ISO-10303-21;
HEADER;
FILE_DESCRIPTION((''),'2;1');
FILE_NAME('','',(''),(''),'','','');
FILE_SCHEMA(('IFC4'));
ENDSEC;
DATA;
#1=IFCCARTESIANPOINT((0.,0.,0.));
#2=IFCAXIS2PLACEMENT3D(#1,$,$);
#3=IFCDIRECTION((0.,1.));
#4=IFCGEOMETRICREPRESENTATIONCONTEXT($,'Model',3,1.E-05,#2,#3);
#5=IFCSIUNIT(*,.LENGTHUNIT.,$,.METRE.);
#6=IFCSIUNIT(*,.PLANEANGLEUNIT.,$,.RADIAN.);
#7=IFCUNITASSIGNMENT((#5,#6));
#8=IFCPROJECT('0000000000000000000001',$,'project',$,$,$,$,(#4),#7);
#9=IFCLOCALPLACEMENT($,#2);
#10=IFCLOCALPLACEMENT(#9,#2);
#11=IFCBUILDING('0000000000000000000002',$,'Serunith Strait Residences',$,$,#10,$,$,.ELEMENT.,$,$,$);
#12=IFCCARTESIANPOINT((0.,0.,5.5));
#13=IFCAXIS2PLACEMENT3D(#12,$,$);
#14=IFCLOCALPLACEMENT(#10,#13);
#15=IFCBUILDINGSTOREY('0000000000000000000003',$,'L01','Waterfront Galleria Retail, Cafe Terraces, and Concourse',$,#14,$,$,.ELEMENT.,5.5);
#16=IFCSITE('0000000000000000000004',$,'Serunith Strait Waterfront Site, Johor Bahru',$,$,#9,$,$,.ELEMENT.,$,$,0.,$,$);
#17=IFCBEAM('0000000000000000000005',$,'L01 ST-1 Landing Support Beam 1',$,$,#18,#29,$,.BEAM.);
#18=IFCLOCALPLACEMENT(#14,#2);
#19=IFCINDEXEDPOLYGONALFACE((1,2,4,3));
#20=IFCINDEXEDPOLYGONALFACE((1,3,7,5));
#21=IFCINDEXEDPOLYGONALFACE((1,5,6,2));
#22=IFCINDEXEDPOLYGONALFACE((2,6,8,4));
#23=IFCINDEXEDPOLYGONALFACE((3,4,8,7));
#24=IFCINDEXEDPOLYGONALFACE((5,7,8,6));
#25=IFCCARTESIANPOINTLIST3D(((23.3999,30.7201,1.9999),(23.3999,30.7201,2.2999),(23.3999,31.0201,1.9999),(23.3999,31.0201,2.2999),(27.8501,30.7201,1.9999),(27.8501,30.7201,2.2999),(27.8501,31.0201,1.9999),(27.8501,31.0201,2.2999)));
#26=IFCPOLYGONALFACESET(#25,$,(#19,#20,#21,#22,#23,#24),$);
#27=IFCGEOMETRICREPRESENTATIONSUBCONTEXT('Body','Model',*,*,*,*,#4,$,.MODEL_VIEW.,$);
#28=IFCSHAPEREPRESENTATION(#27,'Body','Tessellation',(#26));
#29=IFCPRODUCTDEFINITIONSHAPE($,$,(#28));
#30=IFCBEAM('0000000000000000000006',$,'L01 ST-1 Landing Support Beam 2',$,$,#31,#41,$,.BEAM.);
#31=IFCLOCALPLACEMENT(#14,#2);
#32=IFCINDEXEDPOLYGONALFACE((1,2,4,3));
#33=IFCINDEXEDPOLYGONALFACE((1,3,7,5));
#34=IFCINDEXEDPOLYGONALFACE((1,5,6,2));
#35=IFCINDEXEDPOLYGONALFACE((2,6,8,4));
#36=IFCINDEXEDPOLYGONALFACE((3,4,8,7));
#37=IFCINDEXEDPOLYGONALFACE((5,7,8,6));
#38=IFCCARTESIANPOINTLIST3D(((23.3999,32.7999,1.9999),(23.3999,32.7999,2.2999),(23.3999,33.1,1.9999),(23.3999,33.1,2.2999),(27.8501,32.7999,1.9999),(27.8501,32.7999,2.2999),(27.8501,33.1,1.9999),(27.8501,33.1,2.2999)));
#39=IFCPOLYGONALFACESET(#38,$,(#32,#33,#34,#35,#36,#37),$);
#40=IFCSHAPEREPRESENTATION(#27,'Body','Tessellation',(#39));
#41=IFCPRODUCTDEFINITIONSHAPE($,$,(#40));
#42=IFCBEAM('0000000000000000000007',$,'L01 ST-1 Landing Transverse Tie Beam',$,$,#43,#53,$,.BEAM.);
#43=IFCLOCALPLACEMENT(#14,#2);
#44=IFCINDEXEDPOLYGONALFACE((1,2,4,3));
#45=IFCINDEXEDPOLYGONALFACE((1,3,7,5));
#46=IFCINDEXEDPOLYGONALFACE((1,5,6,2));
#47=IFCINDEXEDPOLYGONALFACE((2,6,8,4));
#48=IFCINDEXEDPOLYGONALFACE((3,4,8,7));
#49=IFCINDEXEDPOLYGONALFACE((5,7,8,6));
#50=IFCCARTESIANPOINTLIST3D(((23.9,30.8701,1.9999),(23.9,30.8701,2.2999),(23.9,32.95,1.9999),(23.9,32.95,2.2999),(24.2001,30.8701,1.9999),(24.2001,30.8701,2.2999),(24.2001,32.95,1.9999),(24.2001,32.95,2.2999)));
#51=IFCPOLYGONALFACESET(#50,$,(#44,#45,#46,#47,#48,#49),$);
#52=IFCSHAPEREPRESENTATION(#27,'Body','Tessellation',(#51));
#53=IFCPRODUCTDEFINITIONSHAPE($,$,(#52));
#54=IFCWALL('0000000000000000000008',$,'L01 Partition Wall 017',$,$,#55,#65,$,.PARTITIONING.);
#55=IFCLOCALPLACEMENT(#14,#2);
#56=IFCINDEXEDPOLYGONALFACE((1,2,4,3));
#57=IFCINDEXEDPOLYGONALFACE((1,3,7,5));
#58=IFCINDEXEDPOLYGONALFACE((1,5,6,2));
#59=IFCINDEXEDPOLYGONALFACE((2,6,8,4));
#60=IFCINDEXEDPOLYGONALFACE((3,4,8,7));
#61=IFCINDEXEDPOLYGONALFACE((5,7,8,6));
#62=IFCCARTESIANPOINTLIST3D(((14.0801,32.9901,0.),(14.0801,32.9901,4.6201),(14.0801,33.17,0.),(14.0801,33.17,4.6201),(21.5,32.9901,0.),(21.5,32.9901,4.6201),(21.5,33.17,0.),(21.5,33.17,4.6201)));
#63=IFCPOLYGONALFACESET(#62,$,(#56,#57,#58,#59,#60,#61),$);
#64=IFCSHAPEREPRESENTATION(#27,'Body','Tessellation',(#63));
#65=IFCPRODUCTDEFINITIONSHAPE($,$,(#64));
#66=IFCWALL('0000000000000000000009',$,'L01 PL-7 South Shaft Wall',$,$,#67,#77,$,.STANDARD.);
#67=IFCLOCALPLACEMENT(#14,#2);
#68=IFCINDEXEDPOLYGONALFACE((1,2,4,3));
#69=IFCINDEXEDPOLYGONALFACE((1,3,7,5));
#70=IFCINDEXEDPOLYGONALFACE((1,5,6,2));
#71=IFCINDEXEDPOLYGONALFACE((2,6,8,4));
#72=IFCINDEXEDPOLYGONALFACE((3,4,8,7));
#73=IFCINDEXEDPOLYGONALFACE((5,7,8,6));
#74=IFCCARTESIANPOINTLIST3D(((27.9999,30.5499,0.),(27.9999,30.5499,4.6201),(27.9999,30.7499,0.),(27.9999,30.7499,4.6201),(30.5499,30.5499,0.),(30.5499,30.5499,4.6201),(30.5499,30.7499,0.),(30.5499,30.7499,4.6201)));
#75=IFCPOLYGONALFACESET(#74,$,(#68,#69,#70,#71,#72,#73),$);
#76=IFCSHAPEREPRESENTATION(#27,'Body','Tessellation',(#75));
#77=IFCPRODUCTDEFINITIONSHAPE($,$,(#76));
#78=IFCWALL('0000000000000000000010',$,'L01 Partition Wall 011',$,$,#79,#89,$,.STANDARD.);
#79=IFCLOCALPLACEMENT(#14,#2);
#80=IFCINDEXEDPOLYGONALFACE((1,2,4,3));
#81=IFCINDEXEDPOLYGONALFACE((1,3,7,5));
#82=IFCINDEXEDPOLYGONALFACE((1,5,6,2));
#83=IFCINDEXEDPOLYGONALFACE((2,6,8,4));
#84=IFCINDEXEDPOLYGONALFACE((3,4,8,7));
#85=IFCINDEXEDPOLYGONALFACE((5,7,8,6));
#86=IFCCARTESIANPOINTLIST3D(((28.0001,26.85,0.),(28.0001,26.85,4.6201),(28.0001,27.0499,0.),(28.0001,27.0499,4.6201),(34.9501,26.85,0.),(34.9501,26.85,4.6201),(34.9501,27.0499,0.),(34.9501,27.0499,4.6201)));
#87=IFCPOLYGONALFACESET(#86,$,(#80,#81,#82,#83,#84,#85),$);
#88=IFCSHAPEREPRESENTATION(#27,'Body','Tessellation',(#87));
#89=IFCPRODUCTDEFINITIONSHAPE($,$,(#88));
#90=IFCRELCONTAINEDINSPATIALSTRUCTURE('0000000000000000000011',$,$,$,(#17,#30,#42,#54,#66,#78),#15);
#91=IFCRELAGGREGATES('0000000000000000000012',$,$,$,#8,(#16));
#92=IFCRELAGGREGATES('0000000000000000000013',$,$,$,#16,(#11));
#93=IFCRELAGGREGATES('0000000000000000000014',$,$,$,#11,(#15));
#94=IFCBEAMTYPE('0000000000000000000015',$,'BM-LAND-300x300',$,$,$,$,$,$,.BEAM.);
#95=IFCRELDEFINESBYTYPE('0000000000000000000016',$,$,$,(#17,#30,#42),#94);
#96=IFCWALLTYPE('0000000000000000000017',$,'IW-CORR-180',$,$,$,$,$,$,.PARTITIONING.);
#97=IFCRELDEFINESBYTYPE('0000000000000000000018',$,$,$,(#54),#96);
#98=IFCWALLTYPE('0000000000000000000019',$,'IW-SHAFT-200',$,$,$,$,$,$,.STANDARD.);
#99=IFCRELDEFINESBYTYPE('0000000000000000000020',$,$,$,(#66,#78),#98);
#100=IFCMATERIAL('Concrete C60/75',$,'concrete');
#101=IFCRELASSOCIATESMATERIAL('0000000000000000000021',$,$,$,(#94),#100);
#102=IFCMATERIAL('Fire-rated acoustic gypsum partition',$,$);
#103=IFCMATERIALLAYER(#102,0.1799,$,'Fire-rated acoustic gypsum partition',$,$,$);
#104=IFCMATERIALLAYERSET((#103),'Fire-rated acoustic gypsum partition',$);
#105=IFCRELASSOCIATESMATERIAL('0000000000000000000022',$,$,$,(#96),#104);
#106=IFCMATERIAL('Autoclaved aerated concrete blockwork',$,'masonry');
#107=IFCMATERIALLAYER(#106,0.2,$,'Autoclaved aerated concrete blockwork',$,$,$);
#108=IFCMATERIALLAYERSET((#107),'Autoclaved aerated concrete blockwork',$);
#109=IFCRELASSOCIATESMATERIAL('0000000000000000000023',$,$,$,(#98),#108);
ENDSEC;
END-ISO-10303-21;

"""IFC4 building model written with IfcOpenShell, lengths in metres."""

from ifc_helpers import new_model, si_unit, direction, frame, frame_2d, origin, origin_2d, place, context, subcontext, project, spatial, rectangle, extrude, source, transform, mapped, material, layer, layer_set, material_profile, profile_set, type_object, element, save


model = new_model("IFC4")

# Units and contexts
model_context = context("Model", 3, precision=1e-05, world=origin(), true_north=direction((0.0, 1.0)))
body_context = subcontext(model_context, "Body", "Model", "MODEL_VIEW")
ifc_project = project(units=[si_unit("LENGTHUNIT", "METRE"), si_unit("PLANEANGLEUNIT", "RADIAN")], contexts=[model_context])

# Site, building, storey
site_placement = place(None, origin())
site = spatial("IfcSite", under=ifc_project, at=site_placement, Name="Serunith Strait Waterfront Site, Johor Bahru", CompositionType="ELEMENT", RefElevation=0.0)
building_placement = place(site_placement, origin())
building = spatial("IfcBuilding", under=site, at=building_placement, Name="Serunith Strait Residences", CompositionType="ELEMENT")
storey_placement = place(building_placement, frame((0.0, 0.0, 5.5)))
storey = spatial("IfcBuildingStorey", under=building, at=storey_placement, Name="L01", Description="Waterfront Galleria Retail, Cafe Terraces, and Concourse", CompositionType="ELEMENT", Elevation=5.5)

# Beams
ifc_material_1 = material(Name="Concrete C60/75", Category="concrete")
ifc_material_profile = material_profile(ifc_material_1, rectangle(XDim=0.3, YDim=0.3, at=origin_2d()), Name="RC 300x300")
ifc_profile_set = profile_set([ifc_material_profile], Name="Concrete C60/75")
beam_type = type_object("IfcBeamType", Name="BM-LAND-300x300", PredefinedType="BEAM", material=ifc_profile_set)
shared_shape_1 = source(origin(), body_context, "Body", "SweptSolid", [
    extrude(rectangle(XDim=0.3, YDim=0.3, at=origin_2d()), origin(), (0.0, 0.0, 1.0), 4.4502),
])
for number, where, z_axis, x_axis, name in (
    (1, (23.3999, 30.8701, 2.1499), (1.0, 0.0, 0.0), (0.0, 1.0, 0.0), "L01 ST-1 Landing Support Beam 1"),
    (2, (23.3999, 32.95, 2.1499), (1.0, 0.0, 0.0), (0.0, 1.0, 0.0), "L01 ST-1 Landing Support Beam 2"),
):
    element("IfcBeam", number, at=place(storey_placement, frame(where, z_axis=z_axis, x_axis=x_axis)), inside=storey, type_object=beam_type, Name=name, PredefinedType="BEAM", context=body_context, shape_type="MappedRepresentation", body=[
        mapped(shared_shape_1, transform((0.0, 0.0, 0.0), scale=1.0)),
    ])
shared_shape_2 = source(origin(), body_context, "Body", "SweptSolid", [
    extrude(rectangle(XDim=0.3, YDim=0.3, at=origin_2d()), origin(), (0.0, 0.0, 1.0), 2.0798),
])
beam_placement = place(storey_placement, frame((24.05, 30.8701, 2.1499), z_axis=(0.0, 1.0, 0.0), x_axis=(-1.0, 0.0, 0.0)))
element("IfcBeam", 3, at=beam_placement, inside=storey, type_object=beam_type, Name="L01 ST-1 Landing Transverse Tie Beam", PredefinedType="BEAM", context=body_context, shape_type="MappedRepresentation", body=[
    mapped(shared_shape_2, transform((0.0, 0.0, 0.0), scale=1.0)),
])

# Wall
ifc_material_2 = material(Name="Fire-rated acoustic gypsum partition")
ifc_layer_1 = layer(ifc_material_2, 0.1799, Name="Fire-rated acoustic gypsum partition")
ifc_layer_set_1 = layer_set([ifc_layer_1], Name="Fire-rated acoustic gypsum partition")
wall_type_1 = type_object("IfcWallType", Name="IW-CORR-180", PredefinedType="PARTITIONING", material=ifc_layer_set_1)
wall_1_placement = place(storey_placement, frame((14.0801, 33.0801, 0.0), z_axis=(0.0, 0.0, 1.0), x_axis=(1.0, 0.0, 0.0)))
element("IfcWall", 4, at=wall_1_placement, inside=storey, type_object=wall_type_1, Name="L01 Partition Wall 017", PredefinedType="PARTITIONING", context=body_context, shape_type="SweptSolid", body=[
    extrude(rectangle(XDim=7.4199, YDim=0.1799, at=frame_2d((3.71, 0.0))), origin(), (0.0, 0.0, 1.0), 4.6201),
])

# Shared definitions
ifc_material_3 = material(Name="Autoclaved aerated concrete blockwork", Category="masonry")
ifc_layer_2 = layer(ifc_material_3, 0.2, Name="Autoclaved aerated concrete blockwork")
ifc_layer_set_2 = layer_set([ifc_layer_2], Name="Autoclaved aerated concrete blockwork")
wall_type_2 = type_object("IfcWallType", Name="IW-SHAFT-200", PredefinedType="STANDARD", material=ifc_layer_set_2)

# Walls
wall_2_placement = place(storey_placement, frame((28.0, 30.6499, 0.0), z_axis=(0.0, 0.0, 1.0), x_axis=(1.0, 0.0, 0.0)))
element("IfcWall", 5, at=wall_2_placement, inside=storey, type_object=wall_type_2, Name="L01 PL-7 South Shaft Wall", PredefinedType="STANDARD", context=body_context, shape_type="SweptSolid", body=[
    extrude(rectangle(XDim=2.55, YDim=0.2, at=frame_2d((1.2749, 0.0))), origin(), (0.0, 0.0, 1.0), 4.6201),
])
wall_3_placement = place(storey_placement, frame((28.0, 26.95, 0.0), z_axis=(0.0, 0.0, 1.0), x_axis=(1.0, 0.0, 0.0)))
element("IfcWall", 6, at=wall_3_placement, inside=storey, type_object=wall_type_2, Name="L01 Partition Wall 011", PredefinedType="STANDARD", context=body_context, shape_type="SweptSolid", body=[
    extrude(rectangle(XDim=6.95, YDim=0.2, at=frame_2d((3.4751, 0.0))), origin(), (0.0, 0.0, 1.0), 4.6201),
])

save(model, "model.ifc")
